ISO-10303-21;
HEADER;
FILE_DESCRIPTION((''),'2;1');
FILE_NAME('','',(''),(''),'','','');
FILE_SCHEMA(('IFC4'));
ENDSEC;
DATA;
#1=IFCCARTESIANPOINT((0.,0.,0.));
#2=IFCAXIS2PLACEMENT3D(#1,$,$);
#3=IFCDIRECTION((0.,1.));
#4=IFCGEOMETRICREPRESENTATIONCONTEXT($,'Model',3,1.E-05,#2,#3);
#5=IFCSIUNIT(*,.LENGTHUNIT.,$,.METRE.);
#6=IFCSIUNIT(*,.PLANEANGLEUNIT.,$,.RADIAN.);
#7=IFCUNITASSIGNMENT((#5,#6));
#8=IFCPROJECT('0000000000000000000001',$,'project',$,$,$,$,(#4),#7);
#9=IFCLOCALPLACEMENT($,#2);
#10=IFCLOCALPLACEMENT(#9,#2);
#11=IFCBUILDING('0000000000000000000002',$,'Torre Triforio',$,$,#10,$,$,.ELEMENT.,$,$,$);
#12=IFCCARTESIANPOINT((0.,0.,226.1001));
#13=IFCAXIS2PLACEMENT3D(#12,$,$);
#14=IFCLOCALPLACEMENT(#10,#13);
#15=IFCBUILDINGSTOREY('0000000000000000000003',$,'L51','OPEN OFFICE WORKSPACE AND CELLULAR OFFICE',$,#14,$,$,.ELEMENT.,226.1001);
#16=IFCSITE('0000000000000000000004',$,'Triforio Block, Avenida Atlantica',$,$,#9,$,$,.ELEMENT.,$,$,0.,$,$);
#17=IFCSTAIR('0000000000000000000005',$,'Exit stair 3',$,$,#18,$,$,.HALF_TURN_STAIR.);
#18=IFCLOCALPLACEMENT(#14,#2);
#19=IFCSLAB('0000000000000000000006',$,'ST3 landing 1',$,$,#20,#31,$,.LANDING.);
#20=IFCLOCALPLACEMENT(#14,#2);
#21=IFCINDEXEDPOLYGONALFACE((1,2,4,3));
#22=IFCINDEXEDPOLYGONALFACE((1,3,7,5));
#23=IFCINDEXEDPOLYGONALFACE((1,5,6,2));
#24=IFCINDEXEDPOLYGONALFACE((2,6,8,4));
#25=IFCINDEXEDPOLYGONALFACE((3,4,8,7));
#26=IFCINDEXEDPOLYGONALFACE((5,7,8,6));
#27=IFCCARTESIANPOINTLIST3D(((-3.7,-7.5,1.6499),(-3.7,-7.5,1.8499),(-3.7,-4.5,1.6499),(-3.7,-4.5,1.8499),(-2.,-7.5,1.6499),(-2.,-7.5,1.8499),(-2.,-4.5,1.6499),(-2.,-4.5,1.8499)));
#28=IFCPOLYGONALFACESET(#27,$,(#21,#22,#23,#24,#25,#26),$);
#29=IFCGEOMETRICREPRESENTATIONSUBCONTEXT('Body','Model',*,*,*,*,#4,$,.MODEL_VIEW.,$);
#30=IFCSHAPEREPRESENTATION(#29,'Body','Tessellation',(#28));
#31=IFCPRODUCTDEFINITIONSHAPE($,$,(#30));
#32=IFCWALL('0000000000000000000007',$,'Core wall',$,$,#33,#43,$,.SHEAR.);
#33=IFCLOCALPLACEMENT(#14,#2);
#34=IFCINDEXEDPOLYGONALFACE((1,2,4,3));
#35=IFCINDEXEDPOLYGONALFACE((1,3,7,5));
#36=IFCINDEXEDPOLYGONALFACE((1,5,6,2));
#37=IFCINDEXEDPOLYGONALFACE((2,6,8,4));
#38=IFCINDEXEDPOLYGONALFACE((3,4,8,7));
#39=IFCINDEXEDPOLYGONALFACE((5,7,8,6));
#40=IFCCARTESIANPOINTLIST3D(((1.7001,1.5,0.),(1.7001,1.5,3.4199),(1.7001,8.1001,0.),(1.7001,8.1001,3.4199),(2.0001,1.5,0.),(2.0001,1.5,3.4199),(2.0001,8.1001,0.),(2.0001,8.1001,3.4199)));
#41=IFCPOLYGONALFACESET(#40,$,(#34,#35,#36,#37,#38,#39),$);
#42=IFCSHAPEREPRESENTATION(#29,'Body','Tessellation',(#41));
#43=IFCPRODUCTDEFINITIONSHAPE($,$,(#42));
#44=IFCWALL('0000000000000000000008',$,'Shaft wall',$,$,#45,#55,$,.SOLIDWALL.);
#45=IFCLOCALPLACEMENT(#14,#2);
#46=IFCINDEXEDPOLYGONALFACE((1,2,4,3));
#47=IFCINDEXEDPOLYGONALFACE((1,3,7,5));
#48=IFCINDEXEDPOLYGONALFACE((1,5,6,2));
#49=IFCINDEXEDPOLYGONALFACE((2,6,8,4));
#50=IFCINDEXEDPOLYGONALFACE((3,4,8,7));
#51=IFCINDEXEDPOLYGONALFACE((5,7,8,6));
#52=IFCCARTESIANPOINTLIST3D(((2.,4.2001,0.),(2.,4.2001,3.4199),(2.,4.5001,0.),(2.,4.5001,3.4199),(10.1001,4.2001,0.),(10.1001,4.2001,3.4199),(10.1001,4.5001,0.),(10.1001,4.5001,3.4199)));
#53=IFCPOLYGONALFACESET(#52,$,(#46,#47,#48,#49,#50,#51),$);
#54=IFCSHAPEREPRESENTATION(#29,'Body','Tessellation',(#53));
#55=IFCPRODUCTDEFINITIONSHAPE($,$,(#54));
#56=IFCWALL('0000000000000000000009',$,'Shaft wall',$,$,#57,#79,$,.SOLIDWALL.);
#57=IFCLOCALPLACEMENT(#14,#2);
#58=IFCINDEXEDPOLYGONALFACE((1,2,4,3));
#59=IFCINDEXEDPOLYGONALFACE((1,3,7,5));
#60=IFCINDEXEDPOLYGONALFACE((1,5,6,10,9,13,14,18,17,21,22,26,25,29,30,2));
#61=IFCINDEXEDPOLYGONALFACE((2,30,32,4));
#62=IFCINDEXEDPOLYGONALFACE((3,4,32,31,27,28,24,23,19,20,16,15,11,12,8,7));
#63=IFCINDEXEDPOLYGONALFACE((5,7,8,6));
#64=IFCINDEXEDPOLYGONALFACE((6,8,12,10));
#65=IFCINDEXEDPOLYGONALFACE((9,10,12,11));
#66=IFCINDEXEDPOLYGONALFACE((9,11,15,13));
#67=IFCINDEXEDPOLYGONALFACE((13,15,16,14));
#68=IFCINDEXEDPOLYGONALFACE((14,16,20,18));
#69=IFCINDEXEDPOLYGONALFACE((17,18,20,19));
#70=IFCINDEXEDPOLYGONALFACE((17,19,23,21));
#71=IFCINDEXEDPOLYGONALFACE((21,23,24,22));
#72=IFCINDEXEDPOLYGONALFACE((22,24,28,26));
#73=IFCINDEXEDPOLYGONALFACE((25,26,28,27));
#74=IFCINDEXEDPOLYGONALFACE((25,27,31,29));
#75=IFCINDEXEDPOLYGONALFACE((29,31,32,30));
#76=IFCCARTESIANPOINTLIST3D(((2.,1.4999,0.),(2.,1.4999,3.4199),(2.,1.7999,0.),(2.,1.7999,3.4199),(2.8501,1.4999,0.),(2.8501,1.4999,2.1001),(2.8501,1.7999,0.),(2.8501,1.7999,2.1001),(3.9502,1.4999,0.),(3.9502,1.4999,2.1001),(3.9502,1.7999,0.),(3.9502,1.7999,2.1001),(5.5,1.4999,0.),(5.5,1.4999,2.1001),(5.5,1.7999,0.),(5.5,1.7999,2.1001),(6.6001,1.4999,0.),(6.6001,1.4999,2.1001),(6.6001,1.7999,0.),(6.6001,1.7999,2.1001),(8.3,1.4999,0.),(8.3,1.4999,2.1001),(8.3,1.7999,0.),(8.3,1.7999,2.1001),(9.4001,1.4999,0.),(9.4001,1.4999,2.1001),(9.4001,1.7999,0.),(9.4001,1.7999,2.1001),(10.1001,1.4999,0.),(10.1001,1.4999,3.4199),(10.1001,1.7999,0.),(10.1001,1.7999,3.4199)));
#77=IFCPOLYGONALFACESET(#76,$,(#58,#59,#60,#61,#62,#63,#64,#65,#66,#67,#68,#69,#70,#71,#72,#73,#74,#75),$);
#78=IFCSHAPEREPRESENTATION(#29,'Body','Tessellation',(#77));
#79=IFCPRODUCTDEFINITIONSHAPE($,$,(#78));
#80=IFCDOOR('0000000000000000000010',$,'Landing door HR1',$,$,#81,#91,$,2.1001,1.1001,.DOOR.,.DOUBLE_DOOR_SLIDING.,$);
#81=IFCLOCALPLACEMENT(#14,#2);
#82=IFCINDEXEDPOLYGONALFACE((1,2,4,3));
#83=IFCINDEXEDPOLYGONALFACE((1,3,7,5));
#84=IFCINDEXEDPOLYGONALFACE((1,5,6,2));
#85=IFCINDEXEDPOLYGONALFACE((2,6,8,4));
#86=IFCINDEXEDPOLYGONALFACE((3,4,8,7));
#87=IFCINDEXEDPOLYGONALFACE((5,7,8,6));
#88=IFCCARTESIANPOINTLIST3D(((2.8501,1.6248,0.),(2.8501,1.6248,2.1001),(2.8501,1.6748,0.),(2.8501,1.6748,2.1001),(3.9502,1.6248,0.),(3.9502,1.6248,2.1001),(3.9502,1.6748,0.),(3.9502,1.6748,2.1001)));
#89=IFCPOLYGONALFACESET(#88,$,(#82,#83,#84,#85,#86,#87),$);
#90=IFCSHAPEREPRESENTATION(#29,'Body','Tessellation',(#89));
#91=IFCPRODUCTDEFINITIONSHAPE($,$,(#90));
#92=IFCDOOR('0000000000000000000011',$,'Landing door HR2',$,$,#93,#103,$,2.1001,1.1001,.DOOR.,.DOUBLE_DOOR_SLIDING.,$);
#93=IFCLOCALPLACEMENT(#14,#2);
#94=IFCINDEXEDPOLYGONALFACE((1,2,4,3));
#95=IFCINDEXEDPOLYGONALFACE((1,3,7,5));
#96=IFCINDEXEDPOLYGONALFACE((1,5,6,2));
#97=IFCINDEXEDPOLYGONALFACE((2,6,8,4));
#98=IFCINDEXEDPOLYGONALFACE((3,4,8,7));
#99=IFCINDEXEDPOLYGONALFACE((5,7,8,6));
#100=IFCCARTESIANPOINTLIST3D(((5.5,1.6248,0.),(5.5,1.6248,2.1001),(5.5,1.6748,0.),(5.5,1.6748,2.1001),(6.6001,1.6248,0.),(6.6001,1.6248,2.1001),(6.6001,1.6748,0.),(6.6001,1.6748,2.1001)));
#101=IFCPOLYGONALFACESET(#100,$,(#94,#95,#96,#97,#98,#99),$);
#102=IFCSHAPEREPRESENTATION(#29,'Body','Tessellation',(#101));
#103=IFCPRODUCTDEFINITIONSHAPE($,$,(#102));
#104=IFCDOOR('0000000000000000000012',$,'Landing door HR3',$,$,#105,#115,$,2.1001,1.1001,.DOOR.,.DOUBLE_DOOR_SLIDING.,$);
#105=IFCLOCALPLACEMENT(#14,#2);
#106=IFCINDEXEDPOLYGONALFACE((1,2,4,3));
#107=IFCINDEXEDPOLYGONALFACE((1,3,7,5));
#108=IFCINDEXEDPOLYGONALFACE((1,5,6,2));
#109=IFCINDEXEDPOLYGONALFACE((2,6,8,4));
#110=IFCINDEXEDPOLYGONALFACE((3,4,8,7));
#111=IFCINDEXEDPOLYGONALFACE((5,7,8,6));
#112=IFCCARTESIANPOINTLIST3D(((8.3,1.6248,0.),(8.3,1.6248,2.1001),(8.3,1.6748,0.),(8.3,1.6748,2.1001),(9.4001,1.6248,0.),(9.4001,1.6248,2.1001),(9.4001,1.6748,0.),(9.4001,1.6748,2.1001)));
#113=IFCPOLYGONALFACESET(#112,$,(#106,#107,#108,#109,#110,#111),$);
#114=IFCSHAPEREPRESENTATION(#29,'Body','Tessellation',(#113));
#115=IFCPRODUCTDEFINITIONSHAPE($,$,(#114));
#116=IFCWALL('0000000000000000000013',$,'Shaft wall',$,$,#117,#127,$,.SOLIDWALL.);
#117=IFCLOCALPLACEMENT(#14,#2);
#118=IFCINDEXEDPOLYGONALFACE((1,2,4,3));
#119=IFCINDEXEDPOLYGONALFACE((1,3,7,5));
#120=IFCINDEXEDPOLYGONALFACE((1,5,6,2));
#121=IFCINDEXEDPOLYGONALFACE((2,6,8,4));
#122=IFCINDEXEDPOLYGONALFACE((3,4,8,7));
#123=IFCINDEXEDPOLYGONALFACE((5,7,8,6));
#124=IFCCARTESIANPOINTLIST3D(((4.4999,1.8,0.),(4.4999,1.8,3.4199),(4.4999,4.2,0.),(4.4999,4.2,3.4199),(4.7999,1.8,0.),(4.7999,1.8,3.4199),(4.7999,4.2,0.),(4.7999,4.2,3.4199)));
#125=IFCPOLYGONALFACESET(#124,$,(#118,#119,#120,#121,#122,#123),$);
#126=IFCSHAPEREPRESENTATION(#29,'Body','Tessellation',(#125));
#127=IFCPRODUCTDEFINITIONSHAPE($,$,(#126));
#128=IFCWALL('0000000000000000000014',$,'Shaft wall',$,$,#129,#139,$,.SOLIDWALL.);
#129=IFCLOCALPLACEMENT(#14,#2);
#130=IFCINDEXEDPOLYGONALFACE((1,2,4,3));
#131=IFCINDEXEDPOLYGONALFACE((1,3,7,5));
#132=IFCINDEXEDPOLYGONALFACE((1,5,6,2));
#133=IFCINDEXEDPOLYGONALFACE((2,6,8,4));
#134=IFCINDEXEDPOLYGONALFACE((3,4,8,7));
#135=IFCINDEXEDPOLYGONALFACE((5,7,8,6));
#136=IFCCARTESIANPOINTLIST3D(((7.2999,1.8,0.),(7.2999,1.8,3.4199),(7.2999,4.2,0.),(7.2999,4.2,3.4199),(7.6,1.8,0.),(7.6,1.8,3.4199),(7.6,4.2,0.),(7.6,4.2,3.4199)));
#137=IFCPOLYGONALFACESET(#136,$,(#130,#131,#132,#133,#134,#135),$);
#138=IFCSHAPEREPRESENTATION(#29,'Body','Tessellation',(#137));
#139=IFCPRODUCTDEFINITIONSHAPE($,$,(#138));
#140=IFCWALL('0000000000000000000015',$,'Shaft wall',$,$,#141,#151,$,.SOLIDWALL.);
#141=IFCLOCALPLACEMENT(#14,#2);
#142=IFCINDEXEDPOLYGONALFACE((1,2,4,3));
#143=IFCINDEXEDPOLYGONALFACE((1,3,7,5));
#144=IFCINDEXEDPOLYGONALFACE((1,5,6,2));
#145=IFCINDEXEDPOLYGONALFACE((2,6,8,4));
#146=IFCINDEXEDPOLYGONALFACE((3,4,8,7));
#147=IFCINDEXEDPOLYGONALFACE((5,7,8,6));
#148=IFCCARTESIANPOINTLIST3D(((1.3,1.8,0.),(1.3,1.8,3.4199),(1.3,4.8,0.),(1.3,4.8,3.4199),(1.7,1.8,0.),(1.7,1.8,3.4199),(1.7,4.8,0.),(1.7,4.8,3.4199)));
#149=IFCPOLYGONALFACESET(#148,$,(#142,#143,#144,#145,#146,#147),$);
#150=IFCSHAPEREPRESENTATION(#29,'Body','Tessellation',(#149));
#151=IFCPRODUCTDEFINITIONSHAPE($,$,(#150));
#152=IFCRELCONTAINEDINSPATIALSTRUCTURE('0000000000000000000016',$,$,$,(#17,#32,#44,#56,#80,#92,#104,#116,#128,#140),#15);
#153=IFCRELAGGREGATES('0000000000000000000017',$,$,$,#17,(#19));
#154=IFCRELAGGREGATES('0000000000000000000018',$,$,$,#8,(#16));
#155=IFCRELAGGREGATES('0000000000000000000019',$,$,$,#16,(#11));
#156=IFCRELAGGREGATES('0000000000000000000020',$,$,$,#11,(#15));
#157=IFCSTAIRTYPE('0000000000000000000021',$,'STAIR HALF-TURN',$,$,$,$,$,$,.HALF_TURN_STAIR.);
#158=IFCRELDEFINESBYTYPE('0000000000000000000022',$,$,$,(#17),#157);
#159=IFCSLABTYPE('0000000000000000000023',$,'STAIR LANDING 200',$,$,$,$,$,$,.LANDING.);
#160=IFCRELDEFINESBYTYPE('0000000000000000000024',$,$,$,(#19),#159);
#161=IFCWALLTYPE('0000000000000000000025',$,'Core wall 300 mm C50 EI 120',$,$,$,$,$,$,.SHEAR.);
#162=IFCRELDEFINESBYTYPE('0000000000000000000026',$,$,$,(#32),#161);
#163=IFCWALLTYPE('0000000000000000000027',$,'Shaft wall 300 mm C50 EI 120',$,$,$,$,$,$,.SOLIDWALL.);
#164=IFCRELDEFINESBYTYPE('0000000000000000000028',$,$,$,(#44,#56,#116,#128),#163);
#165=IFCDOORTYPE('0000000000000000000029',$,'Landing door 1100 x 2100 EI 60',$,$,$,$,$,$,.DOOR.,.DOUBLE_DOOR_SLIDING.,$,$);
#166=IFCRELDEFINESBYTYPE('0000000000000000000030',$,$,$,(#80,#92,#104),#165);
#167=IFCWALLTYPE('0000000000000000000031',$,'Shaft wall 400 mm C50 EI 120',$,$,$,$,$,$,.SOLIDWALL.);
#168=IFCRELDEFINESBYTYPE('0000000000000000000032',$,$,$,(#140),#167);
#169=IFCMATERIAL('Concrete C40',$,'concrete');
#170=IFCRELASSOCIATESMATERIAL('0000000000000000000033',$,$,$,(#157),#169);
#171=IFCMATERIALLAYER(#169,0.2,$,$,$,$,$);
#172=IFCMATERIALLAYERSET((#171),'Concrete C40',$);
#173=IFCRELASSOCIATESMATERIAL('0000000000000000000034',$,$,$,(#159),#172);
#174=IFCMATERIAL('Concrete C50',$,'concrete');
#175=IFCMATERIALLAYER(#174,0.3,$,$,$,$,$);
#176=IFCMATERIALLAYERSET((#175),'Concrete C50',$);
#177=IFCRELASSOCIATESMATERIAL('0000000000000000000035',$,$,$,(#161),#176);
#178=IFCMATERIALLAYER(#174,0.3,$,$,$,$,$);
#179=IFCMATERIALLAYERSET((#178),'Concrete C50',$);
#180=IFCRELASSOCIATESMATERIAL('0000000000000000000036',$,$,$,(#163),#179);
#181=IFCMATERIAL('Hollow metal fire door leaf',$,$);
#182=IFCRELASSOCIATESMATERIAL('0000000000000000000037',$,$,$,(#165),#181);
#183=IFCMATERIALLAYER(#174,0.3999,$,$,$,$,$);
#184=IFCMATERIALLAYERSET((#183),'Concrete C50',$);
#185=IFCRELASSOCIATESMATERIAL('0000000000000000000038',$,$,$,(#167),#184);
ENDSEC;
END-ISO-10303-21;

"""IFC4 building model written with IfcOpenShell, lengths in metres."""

from ifc_helpers import new_model, si_unit, direction, frame, frame_2d, origin, place, context, subcontext, project, spatial, polyline, rectangle, outline, extrude, material, layer, layer_set, type_object, element, fill, aggregate, save


model = new_model("IFC4")

# Units and contexts
model_context = context("Model", 3, precision=1e-05, world=origin(), true_north=direction((0.0, 1.0)))
body_context = subcontext(model_context, "Body", "Model", "MODEL_VIEW")
ifc_project = project(units=[si_unit("LENGTHUNIT", "METRE"), si_unit("PLANEANGLEUNIT", "RADIAN")], contexts=[model_context])

# Site, building, storey
site_placement = place(None, origin())
site = spatial("IfcSite", under=ifc_project, at=site_placement, Name="Triforio Block, Avenida Atlantica", CompositionType="ELEMENT", RefElevation=0.0)
building_placement = place(site_placement, origin())
building = spatial("IfcBuilding", under=site, at=building_placement, Name="Torre Triforio", CompositionType="ELEMENT")
storey_placement = place(building_placement, frame((0.0, 0.0, 226.1001)))
storey = spatial("IfcBuildingStorey", under=building, at=storey_placement, Name="L51", Description="OPEN OFFICE WORKSPACE AND CELLULAR OFFICE", CompositionType="ELEMENT", Elevation=226.1001)

# Stair, slab
ifc_material_1 = material(Name="Concrete C40", Category="concrete")
stair_type = type_object("IfcStairType", Name="STAIR HALF-TURN", PredefinedType="HALF_TURN_STAIR", material=ifc_material_1)
stair_1_placement = place(storey_placement, origin())
stair_1 = element("IfcStair", 1, at=stair_1_placement, inside=storey, type_object=stair_type, Name="Exit stair 3", PredefinedType="HALF_TURN_STAIR")
ifc_layer_1 = layer(ifc_material_1, 0.2)
ifc_layer_set_1 = layer_set([ifc_layer_1], Name="Concrete C40")
slab_type = type_object("IfcSlabType", Name="STAIR LANDING 200", PredefinedType="LANDING", material=ifc_layer_set_1)
slab_placement = place(storey_placement, frame((0.0, 0.0, 1.6499)))
slab = element("IfcSlab", 2, at=slab_placement, type_object=slab_type, Name="ST3 landing 1", PredefinedType="LANDING", context=body_context, shape_type="SweptSolid", body=[
    extrude(outline(polyline([(-2.0, -7.5), (-2.0, -4.5), (-3.7, -4.5), (-3.7, -7.5), (-2.0, -7.5)])), origin(), (0.0, 0.0, 1.0), 0.2),
])
aggregate(stair_1, [slab])

# Walls
ifc_material_2 = material(Name="Concrete C50", Category="concrete")
ifc_layer_2 = layer(ifc_material_2, 0.3)
ifc_layer_set_2 = layer_set([ifc_layer_2], Name="Concrete C50")
wall_type_1 = type_object("IfcWallType", Name="Core wall 300 mm C50 EI 120", PredefinedType="SHEAR", material=ifc_layer_set_2)
wall_1_placement = place(storey_placement, frame((1.8501, 1.5, 0.0), z_axis=(0.0, 0.0, 1.0), x_axis=(0.0, 1.0, 0.0)))
element("IfcWall", 3, at=wall_1_placement, inside=storey, type_object=wall_type_1, Name="Core wall", PredefinedType="SHEAR", context=body_context, shape_type="SweptSolid", body=[
    extrude(rectangle(XDim=6.6001, YDim=0.3, at=frame_2d((3.3, 0.0))), origin(), (0.0, 0.0, 1.0), 3.4199),
])
ifc_layer_3 = layer(ifc_material_2, 0.3)
ifc_layer_set_3 = layer_set([ifc_layer_3], Name="Concrete C50")
wall_type_2 = type_object("IfcWallType", Name="Shaft wall 300 mm C50 EI 120", PredefinedType="SOLIDWALL", material=ifc_layer_set_3)
wall_2_placement = place(storey_placement, frame((2.0, 4.3501, 0.0), z_axis=(0.0, 0.0, 1.0), x_axis=(1.0, 0.0, 0.0)))
element("IfcWall", 4, at=wall_2_placement, inside=storey, type_object=wall_type_2, Name="Shaft wall", PredefinedType="SOLIDWALL", context=body_context, shape_type="SweptSolid", body=[
    extrude(rectangle(XDim=8.1001, YDim=0.3, at=frame_2d((4.05, 0.0))), origin(), (0.0, 0.0, 1.0), 3.4199),
])

# Wall, openings, doors
wall_3_placement = place(storey_placement, frame((2.0, 1.6499, 0.0), z_axis=(0.0, 0.0, 1.0), x_axis=(1.0, 0.0, 0.0)))
wall_3 = element("IfcWall", 5, at=wall_3_placement, inside=storey, type_object=wall_type_2, Name="Shaft wall", PredefinedType="SOLIDWALL", context=body_context, shape_type="SweptSolid", body=[
    extrude(rectangle(XDim=8.1001, YDim=0.3, at=frame_2d((4.05, 0.0))), origin(), (0.0, 0.0, 1.0), 3.4199),
])
opening_1_placement = place(wall_3_placement, frame((0.8501, 0.0, 0.0)))
opening_1 = element("IfcOpeningElement", 6, at=opening_1_placement, cuts=wall_3, PredefinedType="OPENING", context=body_context, shape_type="SweptSolid", body=[
    extrude(rectangle(XDim=1.1001, YDim=2.1001, at=frame_2d((0.55, 1.05))), frame((0.0, 0.1599, 0.0), z_axis=(0.0, -1.0, 0.0), x_axis=(1.0, 0.0, 0.0)), (0.0, 0.0, 1.0), 0.3201),
])
opening_2_placement = place(wall_3_placement, frame((3.5, 0.0, 0.0)))
opening_2 = element("IfcOpeningElement", 7, at=opening_2_placement, cuts=wall_3, PredefinedType="OPENING", context=body_context, shape_type="SweptSolid", body=[
    extrude(rectangle(XDim=1.1001, YDim=2.1001, at=frame_2d((0.55, 1.05))), frame((0.0, 0.1599, 0.0), z_axis=(0.0, -1.0, 0.0), x_axis=(1.0, 0.0, 0.0)), (0.0, 0.0, 1.0), 0.3201),
])
opening_3_placement = place(wall_3_placement, frame((6.3, 0.0, 0.0)))
opening_3 = element("IfcOpeningElement", 8, at=opening_3_placement, cuts=wall_3, PredefinedType="OPENING", context=body_context, shape_type="SweptSolid", body=[
    extrude(rectangle(XDim=1.1001, YDim=2.1001, at=frame_2d((0.55, 1.05))), frame((0.0, 0.1599, 0.0), z_axis=(0.0, -1.0, 0.0), x_axis=(1.0, 0.0, 0.0)), (0.0, 0.0, 1.0), 0.3201),
])
ifc_material_3 = material(Name="Hollow metal fire door leaf")
door_type_1 = type_object("IfcDoorType", Name="Landing door 1100 x 2100 EI 60", OperationType="DOUBLE_DOOR_SLIDING", PredefinedType="DOOR", material=ifc_material_3)
door_1_placement = place(opening_1_placement, origin())
door_1 = element("IfcDoor", 9, at=door_1_placement, inside=storey, type_object=door_type_1, Name="Landing door HR1", OperationType="DOUBLE_DOOR_SLIDING", OverallHeight=2.1001, OverallWidth=1.1001, PredefinedType="DOOR", context=body_context, shape_type="SweptSolid", body=[
    extrude(rectangle(XDim=1.1001, YDim=2.1001, at=frame_2d((0.55, 1.05))), frame((0.0, 0.0249, 0.0), z_axis=(0.0, -1.0, 0.0), x_axis=(1.0, 0.0, 0.0)), (0.0, 0.0, 1.0), 0.05),
])
fill(opening_1, door_1)
door_2_placement = place(opening_2_placement, origin())
door_2 = element("IfcDoor", 10, at=door_2_placement, inside=storey, type_object=door_type_1, Name="Landing door HR2", OperationType="DOUBLE_DOOR_SLIDING", OverallHeight=2.1001, OverallWidth=1.1001, PredefinedType="DOOR", context=body_context, shape_type="SweptSolid", body=[
    extrude(rectangle(XDim=1.1001, YDim=2.1001, at=frame_2d((0.55, 1.05))), frame((0.0, 0.0249, 0.0), z_axis=(0.0, -1.0, 0.0), x_axis=(1.0, 0.0, 0.0)), (0.0, 0.0, 1.0), 0.05),
])
fill(opening_2, door_2)
door_3_placement = place(opening_3_placement, origin())
door_3 = element("IfcDoor", 11, at=door_3_placement, inside=storey, type_object=door_type_1, Name="Landing door HR3", OperationType="DOUBLE_DOOR_SLIDING", OverallHeight=2.1001, OverallWidth=1.1001, PredefinedType="DOOR", context=body_context, shape_type="SweptSolid", body=[
    extrude(rectangle(XDim=1.1001, YDim=2.1001, at=frame_2d((0.55, 1.05))), frame((0.0, 0.0249, 0.0), z_axis=(0.0, -1.0, 0.0), x_axis=(1.0, 0.0, 0.0)), (0.0, 0.0, 1.0), 0.05),
])
fill(opening_3, door_3)

# Walls
for number, where, z_axis, x_axis, name in (
    (12, (4.6499, 1.8, 0.0), (0.0, 0.0, 1.0), (0.0, 1.0, 0.0), "Shaft wall"),
    (13, (7.45, 1.8, 0.0), (0.0, 0.0, 1.0), (0.0, 1.0, 0.0), "Shaft wall"),
):
    element("IfcWall", number, at=place(storey_placement, frame(where, z_axis=z_axis, x_axis=x_axis)), inside=storey, type_object=wall_type_2, Name=name, PredefinedType="SOLIDWALL", context=body_context, shape_type="SweptSolid", body=[
        extrude(rectangle(XDim=2.3999, YDim=0.3, at=frame_2d((1.2, 0.0))), origin(), (0.0, 0.0, 1.0), 3.4199),
    ])
ifc_layer_4 = layer(ifc_material_2, 0.3999)
ifc_layer_set_4 = layer_set([ifc_layer_4], Name="Concrete C50")
wall_type_3 = type_object("IfcWallType", Name="Shaft wall 400 mm C50 EI 120", PredefinedType="SOLIDWALL", material=ifc_layer_set_4)
wall_4_placement = place(storey_placement, frame((1.5, 1.8, 0.0), z_axis=(0.0, 0.0, 1.0), x_axis=(0.0, 1.0, 0.0)))
element("IfcWall", 14, at=wall_4_placement, inside=storey, type_object=wall_type_3, Name="Shaft wall", PredefinedType="SOLIDWALL", context=body_context, shape_type="SweptSolid", body=[
    extrude(rectangle(XDim=3.0, YDim=0.3999, at=frame_2d((1.5, 0.0))), origin(), (0.0, 0.0, 1.0), 3.4199),
])

save(model, "model.ifc")
